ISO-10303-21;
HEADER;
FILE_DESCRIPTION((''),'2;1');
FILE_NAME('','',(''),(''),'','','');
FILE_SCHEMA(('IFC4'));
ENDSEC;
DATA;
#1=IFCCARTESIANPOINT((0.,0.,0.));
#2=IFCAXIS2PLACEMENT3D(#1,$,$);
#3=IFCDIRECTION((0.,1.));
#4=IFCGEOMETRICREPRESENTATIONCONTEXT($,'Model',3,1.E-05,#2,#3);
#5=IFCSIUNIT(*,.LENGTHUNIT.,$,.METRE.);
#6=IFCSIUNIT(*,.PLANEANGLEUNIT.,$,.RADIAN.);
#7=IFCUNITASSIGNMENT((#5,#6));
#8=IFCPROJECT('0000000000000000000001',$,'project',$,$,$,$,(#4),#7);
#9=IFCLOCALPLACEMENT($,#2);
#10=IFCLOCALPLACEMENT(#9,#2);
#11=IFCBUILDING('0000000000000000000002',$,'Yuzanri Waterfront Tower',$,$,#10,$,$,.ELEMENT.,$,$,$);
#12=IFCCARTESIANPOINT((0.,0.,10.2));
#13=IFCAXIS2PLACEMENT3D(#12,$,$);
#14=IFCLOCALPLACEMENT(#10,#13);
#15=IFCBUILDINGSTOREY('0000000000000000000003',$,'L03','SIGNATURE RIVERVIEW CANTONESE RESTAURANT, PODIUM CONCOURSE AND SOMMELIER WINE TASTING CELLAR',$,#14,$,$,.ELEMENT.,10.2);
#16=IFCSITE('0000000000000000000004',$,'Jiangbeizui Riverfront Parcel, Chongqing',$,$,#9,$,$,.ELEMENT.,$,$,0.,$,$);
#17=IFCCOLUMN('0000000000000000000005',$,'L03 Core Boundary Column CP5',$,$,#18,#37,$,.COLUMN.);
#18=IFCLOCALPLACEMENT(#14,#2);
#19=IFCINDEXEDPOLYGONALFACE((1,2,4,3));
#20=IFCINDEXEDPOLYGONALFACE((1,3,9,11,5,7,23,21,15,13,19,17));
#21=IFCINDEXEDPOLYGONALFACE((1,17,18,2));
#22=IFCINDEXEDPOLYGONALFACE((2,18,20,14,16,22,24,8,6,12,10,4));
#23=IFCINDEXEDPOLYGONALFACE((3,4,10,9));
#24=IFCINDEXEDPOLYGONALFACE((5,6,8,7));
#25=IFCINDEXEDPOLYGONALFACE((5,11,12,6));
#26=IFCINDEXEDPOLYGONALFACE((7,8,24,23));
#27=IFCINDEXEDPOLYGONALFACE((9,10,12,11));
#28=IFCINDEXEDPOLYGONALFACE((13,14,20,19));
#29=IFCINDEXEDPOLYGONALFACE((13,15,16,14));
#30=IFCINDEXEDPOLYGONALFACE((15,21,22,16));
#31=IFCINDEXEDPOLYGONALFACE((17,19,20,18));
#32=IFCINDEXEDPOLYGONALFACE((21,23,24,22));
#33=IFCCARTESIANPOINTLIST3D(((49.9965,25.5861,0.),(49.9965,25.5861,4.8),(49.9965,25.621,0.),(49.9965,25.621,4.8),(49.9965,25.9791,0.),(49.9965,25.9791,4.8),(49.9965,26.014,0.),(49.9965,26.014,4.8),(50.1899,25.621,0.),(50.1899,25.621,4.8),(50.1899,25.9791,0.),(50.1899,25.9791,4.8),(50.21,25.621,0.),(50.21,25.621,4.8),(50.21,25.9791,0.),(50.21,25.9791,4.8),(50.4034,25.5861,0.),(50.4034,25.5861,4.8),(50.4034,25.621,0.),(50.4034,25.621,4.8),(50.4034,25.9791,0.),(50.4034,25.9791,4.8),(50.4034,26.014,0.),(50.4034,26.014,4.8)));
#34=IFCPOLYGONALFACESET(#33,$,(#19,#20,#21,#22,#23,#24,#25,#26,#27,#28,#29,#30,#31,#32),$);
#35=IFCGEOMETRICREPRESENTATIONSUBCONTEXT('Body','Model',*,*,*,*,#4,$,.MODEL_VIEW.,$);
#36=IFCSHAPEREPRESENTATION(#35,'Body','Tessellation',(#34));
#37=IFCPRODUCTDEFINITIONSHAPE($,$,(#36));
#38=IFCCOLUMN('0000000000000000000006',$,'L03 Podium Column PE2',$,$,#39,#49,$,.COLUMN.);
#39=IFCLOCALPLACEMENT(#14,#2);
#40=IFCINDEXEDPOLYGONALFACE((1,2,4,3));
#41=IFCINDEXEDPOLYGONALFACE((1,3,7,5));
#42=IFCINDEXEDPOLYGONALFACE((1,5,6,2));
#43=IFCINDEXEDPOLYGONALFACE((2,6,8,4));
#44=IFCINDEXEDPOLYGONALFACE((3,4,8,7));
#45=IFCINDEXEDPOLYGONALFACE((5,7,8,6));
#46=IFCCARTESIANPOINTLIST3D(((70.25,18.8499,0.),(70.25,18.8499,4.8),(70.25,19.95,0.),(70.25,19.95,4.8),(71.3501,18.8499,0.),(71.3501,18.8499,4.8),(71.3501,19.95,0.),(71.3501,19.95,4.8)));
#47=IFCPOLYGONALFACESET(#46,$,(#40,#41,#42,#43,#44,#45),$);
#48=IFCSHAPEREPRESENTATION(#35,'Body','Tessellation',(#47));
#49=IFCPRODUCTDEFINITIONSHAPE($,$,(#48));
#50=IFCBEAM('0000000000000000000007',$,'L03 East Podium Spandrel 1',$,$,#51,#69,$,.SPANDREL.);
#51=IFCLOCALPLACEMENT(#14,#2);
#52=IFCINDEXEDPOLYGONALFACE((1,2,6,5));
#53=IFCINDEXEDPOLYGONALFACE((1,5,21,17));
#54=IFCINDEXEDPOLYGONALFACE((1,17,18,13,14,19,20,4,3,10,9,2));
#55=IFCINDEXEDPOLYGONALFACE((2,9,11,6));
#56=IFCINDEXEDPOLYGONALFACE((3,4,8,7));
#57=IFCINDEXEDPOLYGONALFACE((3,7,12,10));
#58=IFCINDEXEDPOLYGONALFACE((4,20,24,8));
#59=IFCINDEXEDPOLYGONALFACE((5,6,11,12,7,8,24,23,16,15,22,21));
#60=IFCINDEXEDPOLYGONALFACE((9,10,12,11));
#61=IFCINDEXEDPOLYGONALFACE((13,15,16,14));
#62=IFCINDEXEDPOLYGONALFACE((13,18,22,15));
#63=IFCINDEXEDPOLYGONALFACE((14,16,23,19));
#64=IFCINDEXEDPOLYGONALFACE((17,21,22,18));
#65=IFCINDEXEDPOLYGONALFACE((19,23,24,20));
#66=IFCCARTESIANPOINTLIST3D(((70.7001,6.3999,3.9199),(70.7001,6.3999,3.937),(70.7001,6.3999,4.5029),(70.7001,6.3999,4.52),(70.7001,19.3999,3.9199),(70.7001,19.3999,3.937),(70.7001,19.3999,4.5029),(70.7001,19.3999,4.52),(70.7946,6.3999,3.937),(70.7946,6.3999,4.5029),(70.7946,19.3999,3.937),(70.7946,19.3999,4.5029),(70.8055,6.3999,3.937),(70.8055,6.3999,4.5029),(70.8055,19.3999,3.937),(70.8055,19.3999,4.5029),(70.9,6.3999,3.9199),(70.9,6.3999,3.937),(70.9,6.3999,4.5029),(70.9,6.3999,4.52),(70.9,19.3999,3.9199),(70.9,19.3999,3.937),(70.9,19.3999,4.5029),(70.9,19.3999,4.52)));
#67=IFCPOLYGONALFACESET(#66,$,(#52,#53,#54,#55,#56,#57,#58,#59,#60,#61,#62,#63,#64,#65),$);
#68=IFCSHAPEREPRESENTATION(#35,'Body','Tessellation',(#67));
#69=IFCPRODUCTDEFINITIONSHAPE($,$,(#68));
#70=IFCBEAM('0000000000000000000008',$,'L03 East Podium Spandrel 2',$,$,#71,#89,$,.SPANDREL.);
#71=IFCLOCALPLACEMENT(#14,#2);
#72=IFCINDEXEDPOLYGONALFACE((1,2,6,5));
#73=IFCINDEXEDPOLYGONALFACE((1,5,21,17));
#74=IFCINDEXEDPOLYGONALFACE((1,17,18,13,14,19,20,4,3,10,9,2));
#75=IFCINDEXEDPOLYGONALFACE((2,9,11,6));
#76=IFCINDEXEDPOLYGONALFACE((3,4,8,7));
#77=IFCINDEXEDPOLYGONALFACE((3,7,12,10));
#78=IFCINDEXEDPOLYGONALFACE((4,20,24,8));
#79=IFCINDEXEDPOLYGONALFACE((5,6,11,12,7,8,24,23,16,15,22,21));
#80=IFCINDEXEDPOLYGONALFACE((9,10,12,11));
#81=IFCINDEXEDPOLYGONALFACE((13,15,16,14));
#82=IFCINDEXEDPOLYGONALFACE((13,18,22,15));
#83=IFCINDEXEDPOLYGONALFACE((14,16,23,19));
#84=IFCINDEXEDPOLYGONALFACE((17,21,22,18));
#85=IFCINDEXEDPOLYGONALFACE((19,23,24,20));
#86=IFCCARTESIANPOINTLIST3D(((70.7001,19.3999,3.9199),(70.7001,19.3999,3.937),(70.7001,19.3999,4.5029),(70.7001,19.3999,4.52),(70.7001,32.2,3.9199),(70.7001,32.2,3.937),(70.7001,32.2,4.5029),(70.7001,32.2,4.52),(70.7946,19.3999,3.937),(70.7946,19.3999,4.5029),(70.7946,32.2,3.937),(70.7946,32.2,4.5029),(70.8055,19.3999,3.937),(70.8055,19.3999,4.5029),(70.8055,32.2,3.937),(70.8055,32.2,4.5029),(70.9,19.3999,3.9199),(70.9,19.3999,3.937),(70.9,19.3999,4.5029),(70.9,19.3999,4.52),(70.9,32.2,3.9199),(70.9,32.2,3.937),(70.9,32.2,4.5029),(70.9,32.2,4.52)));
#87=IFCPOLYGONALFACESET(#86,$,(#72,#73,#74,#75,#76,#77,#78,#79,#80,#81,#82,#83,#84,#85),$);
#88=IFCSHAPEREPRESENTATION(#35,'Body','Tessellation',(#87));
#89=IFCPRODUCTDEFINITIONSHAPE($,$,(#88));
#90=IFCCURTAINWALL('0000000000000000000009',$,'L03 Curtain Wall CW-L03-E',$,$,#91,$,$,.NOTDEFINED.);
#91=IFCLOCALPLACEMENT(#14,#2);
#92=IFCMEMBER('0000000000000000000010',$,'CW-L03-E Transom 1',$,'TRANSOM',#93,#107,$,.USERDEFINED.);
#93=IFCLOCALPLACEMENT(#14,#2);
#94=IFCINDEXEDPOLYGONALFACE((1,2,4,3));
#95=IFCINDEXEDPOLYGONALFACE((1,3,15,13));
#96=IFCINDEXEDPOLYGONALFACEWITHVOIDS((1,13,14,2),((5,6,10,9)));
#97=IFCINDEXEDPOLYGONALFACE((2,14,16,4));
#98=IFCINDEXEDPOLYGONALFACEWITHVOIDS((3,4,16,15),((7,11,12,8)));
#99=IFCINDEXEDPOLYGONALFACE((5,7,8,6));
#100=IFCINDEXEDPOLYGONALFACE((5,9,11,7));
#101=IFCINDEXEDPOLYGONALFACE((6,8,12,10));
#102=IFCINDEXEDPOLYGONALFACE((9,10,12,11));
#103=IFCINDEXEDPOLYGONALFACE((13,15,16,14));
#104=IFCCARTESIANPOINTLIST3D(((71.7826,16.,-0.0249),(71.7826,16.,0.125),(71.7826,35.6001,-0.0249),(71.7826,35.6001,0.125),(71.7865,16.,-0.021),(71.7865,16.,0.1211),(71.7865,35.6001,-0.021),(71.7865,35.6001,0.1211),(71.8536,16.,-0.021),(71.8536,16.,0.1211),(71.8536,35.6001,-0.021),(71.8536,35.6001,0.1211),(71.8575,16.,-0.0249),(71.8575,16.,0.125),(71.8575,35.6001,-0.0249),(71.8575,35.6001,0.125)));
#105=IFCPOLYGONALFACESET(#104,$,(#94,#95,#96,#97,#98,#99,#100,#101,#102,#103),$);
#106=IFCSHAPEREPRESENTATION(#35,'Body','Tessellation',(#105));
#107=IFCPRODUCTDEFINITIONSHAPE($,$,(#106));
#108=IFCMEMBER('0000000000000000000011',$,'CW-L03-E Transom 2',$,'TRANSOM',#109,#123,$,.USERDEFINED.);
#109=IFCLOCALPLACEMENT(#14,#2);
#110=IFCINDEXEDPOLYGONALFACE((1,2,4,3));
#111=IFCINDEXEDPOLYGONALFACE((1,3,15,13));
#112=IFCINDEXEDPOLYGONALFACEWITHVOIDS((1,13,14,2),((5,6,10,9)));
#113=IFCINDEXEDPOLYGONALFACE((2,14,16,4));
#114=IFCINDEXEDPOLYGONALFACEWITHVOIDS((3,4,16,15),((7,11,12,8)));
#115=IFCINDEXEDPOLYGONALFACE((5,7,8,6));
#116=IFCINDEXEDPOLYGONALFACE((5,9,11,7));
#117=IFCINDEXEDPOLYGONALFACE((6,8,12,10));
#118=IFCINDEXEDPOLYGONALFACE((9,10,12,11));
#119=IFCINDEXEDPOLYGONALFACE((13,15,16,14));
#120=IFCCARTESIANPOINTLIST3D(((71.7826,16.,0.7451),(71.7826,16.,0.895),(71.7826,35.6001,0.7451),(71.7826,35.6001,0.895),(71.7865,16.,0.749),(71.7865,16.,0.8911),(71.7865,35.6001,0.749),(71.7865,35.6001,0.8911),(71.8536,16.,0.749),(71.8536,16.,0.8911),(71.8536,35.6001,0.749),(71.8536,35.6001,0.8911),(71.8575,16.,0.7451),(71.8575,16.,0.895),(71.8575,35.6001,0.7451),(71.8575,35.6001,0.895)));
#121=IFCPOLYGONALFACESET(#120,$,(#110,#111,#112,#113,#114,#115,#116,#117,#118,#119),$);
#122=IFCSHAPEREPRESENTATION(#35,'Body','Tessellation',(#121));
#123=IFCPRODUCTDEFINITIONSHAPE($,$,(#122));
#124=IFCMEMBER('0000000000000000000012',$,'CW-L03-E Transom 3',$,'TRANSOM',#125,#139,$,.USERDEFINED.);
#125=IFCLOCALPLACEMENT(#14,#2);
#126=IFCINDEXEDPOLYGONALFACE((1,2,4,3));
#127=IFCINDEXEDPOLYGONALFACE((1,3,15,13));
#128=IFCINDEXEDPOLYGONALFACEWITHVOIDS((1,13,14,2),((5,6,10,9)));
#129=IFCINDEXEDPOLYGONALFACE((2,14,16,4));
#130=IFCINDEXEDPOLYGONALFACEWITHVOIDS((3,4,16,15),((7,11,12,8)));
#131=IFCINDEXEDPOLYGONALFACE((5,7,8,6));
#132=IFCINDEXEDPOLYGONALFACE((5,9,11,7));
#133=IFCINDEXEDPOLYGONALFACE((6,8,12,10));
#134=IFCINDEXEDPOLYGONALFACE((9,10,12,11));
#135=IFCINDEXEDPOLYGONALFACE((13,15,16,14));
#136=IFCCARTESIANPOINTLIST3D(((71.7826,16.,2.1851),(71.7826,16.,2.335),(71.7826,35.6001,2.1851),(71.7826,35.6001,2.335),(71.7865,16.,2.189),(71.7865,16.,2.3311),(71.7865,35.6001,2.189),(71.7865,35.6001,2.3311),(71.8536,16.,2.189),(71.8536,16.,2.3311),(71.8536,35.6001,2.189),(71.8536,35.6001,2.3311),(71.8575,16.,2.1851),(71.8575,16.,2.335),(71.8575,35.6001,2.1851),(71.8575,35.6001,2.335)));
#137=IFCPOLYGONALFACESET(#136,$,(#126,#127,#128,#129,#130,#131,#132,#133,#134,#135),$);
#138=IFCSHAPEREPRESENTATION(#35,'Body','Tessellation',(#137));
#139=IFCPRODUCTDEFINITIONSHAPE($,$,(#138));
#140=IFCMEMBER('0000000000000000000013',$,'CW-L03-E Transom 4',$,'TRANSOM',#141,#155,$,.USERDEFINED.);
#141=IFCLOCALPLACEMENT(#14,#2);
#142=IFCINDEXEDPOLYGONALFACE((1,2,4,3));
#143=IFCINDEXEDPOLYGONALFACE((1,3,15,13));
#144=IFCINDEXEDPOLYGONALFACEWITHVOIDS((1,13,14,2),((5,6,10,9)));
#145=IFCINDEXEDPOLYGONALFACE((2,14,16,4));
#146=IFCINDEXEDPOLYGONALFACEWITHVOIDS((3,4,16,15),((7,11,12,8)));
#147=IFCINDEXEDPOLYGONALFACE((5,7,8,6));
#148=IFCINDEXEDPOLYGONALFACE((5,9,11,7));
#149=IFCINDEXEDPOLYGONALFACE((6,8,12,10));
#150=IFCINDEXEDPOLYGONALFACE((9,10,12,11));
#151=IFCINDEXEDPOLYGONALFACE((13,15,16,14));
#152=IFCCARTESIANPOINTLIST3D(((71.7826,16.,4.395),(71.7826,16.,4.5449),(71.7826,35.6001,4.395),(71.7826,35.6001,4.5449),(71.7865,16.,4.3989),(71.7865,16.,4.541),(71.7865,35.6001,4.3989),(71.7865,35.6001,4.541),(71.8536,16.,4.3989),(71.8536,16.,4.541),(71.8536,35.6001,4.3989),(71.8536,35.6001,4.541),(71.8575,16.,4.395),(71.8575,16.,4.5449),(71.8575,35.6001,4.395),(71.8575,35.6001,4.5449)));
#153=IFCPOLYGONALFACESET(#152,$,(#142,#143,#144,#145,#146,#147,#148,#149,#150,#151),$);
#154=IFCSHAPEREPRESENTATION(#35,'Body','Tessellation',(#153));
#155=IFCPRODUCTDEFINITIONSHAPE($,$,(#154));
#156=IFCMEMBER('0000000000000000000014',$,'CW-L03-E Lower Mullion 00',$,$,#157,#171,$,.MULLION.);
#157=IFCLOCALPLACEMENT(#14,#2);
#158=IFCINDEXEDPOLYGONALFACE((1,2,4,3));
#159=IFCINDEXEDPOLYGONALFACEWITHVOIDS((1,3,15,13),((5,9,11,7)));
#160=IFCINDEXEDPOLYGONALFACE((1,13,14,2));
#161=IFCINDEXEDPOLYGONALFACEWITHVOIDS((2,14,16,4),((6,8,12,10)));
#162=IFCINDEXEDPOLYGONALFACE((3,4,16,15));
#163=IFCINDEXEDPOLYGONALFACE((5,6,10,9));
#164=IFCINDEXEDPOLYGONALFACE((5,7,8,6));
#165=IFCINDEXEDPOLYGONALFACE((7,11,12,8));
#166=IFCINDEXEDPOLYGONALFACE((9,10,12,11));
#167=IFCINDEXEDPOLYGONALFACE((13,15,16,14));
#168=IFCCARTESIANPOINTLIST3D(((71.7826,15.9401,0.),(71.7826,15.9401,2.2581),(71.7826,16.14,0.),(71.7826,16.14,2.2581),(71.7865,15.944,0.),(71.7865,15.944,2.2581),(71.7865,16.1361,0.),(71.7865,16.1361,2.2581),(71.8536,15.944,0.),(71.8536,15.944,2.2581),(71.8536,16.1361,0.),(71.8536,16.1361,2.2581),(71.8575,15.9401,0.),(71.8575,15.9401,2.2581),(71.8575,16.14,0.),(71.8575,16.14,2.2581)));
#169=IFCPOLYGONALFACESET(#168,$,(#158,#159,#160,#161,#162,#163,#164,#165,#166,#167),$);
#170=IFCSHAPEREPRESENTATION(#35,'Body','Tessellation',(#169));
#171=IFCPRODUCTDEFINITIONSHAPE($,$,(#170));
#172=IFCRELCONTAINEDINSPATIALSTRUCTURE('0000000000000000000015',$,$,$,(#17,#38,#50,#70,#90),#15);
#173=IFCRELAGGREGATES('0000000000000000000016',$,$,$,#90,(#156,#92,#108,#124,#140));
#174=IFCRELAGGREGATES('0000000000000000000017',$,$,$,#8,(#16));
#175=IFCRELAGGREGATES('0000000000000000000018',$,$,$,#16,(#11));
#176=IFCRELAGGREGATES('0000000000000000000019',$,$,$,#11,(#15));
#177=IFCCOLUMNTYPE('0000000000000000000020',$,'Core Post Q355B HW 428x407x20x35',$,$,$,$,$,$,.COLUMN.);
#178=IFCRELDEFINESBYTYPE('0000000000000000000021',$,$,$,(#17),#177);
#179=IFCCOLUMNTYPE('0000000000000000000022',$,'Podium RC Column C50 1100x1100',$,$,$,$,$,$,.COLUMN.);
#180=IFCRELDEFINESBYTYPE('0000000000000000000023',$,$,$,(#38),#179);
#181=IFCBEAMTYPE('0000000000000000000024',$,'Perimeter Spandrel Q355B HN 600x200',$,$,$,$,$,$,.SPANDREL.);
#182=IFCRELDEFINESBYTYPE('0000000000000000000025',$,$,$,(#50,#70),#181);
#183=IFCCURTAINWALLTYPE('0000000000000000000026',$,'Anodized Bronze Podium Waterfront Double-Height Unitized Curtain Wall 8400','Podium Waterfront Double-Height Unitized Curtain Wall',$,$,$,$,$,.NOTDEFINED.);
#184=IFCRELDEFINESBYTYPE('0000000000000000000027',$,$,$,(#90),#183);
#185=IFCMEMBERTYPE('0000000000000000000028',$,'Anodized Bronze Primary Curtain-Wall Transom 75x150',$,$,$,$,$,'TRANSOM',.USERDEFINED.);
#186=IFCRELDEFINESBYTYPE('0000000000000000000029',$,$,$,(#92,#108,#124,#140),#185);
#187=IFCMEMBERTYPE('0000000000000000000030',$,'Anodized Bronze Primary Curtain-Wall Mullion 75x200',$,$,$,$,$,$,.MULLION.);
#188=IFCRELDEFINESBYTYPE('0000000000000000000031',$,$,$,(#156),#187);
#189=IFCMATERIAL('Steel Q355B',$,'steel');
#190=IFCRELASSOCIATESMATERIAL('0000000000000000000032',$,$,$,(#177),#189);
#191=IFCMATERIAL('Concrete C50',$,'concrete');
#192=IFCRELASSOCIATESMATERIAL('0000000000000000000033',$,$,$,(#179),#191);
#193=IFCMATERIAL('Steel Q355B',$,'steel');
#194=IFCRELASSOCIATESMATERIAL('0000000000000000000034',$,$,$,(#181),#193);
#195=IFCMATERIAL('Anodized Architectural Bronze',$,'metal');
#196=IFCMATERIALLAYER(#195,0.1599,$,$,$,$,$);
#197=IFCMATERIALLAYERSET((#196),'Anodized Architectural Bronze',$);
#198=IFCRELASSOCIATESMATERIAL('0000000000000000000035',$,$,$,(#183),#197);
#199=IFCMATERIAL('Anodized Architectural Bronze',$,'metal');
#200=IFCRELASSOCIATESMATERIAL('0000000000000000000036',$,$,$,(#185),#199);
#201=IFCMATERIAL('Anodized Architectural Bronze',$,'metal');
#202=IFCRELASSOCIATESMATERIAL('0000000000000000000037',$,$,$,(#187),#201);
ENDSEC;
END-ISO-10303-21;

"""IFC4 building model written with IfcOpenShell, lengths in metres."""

from ifc_helpers import new_model, si_unit, direction, frame, origin, origin_2d, place, context, subcontext, project, spatial, rectangle, hollow_rectangle, i_section, extrude, source, transform, mapped, material, layer, layer_set, material_profile, profile_set, type_object, element, aggregate, save


model = new_model("IFC4")

# Units and contexts
model_context = context("Model", 3, precision=1e-05, world=origin(), true_north=direction((0.0, 1.0)))
body_context = subcontext(model_context, "Body", "Model", "MODEL_VIEW")
ifc_project = project(units=[si_unit("LENGTHUNIT", "METRE"), si_unit("PLANEANGLEUNIT", "RADIAN")], contexts=[model_context])

# Site, building, storey
site_placement = place(None, origin())
site = spatial("IfcSite", under=ifc_project, at=site_placement, Name="Jiangbeizui Riverfront Parcel, Chongqing", CompositionType="ELEMENT", RefElevation=0.0)
building_placement = place(site_placement, origin())
building = spatial("IfcBuilding", under=site, at=building_placement, Name="Yuzanri Waterfront Tower", CompositionType="ELEMENT")
storey_placement = place(building_placement, frame((0.0, 0.0, 10.2)))
storey = spatial("IfcBuildingStorey", under=building, at=storey_placement, Name="L03", Description="SIGNATURE RIVERVIEW CANTONESE RESTAURANT, PODIUM CONCOURSE AND SOMMELIER WINE TASTING CELLAR", CompositionType="ELEMENT", Elevation=10.2)

# Columns
ifc_material_1 = material(Name="Steel Q355B", Category="steel")
ifc_material_profile_1 = material_profile(ifc_material_1, i_section(OverallWidth=0.407, OverallDepth=0.428, WebThickness=0.02, FlangeThickness=0.0349, at=origin_2d()), Name="HW 428x407x20x35")
ifc_profile_set_1 = profile_set([ifc_material_profile_1], Name="Steel Q355B")
column_type_1 = type_object("IfcColumnType", Name="Core Post Q355B HW 428x407x20x35", PredefinedType="COLUMN", material=ifc_profile_set_1)
shared_shape_1 = source(origin(), body_context, "Body", "SweptSolid", [
    extrude(i_section(OverallWidth=0.407, OverallDepth=0.428, WebThickness=0.02, FlangeThickness=0.0349, at=origin_2d()), origin(), (0.0, 0.0, 1.0), 4.8),
])
column_1_placement = place(storey_placement, frame((50.2, 25.8, 0.0), z_axis=(0.0, 0.0, 1.0), x_axis=(1.0, 0.0, 0.0)))
element("IfcColumn", 1, at=column_1_placement, inside=storey, type_object=column_type_1, Name="L03 Core Boundary Column CP5", PredefinedType="COLUMN", context=body_context, shape_type="MappedRepresentation", body=[
    mapped(shared_shape_1, transform((0.0, 0.0, 0.0), scale=1.0)),
])
ifc_material_2 = material(Name="Concrete C50", Category="concrete")
ifc_material_profile_2 = material_profile(ifc_material_2, rectangle(XDim=1.1001, YDim=1.1001, at=origin_2d()), Name="RC 1100x1100")
ifc_profile_set_2 = profile_set([ifc_material_profile_2], Name="Concrete C50")
column_type_2 = type_object("IfcColumnType", Name="Podium RC Column C50 1100x1100", PredefinedType="COLUMN", material=ifc_profile_set_2)
shared_shape_2 = source(origin(), body_context, "Body", "SweptSolid", [
    extrude(rectangle(XDim=1.1001, YDim=1.1001, at=origin_2d()), origin(), (0.0, 0.0, 1.0), 4.8),
])
column_2_placement = place(storey_placement, frame((70.8, 19.3999, 0.0), z_axis=(0.0, 0.0, 1.0), x_axis=(1.0, 0.0, 0.0)))
element("IfcColumn", 2, at=column_2_placement, inside=storey, type_object=column_type_2, Name="L03 Podium Column PE2", PredefinedType="COLUMN", context=body_context, shape_type="MappedRepresentation", body=[
    mapped(shared_shape_2, transform((0.0, 0.0, 0.0), scale=1.0)),
])

# Beams
ifc_material_3 = material(Name="Steel Q355B", Category="steel")
ifc_material_profile_3 = material_profile(ifc_material_3, i_section(OverallWidth=0.2, OverallDepth=0.6001, WebThickness=0.011, FlangeThickness=0.0171, at=origin_2d()), Name="HN 600x200x11x17")
ifc_profile_set_3 = profile_set([ifc_material_profile_3], Name="Steel Q355B")
beam_type_1 = type_object("IfcBeamType", Name="Perimeter Spandrel Q355B HN 600x200", PredefinedType="SPANDREL", material=ifc_profile_set_3)
shared_shape_3 = source(origin(), body_context, "Body", "SweptSolid", [
    extrude(i_section(OverallWidth=0.2, OverallDepth=0.6001, WebThickness=0.011, FlangeThickness=0.0171, at=origin_2d()), origin(), (0.0, 0.0, 1.0), 13.0),
])
beam_1_placement = place(storey_placement, frame((70.8, 6.3999, 4.22), z_axis=(0.0, 1.0, 0.0), x_axis=(-1.0, 0.0, 0.0)))
element("IfcBeam", 3, at=beam_1_placement, inside=storey, type_object=beam_type_1, Name="L03 East Podium Spandrel 1", PredefinedType="SPANDREL", context=body_context, shape_type="MappedRepresentation", body=[
    mapped(shared_shape_3, transform((0.0, 0.0, 0.0), scale=1.0)),
])
shared_shape_4 = source(origin(), body_context, "Body", "SweptSolid", [
    extrude(i_section(OverallWidth=0.2, OverallDepth=0.6001, WebThickness=0.011, FlangeThickness=0.0171, at=origin_2d()), origin(), (0.0, 0.0, 1.0), 12.8),
])
beam_2_placement = place(storey_placement, frame((70.8, 19.3999, 4.22), z_axis=(0.0, 1.0, 0.0), x_axis=(-1.0, 0.0, 0.0)))
element("IfcBeam", 4, at=beam_2_placement, inside=storey, type_object=beam_type_1, Name="L03 East Podium Spandrel 2", PredefinedType="SPANDREL", context=body_context, shape_type="MappedRepresentation", body=[
    mapped(shared_shape_4, transform((0.0, 0.0, 0.0), scale=1.0)),
])

# Curtain wall, members
ifc_material_4 = material(Name="Anodized Architectural Bronze", Category="metal")
ifc_layer_1 = layer(ifc_material_4, 0.1599)
ifc_layer_set_1 = layer_set([ifc_layer_1], Name="Anodized Architectural Bronze")
curtain_wall_type = type_object("IfcCurtainWallType", Name="Anodized Bronze Podium Waterfront Double-Height Unitized Curtain Wall 8400", Description="Podium Waterfront Double-Height Unitized Curtain Wall", PredefinedType="NOTDEFINED", material=ifc_layer_set_1)
curtain_wall_placement = place(storey_placement, origin())
curtain_wall = element("IfcCurtainWall", 5, at=curtain_wall_placement, inside=storey, type_object=curtain_wall_type, Name="L03 Curtain Wall CW-L03-E", PredefinedType="NOTDEFINED")
ifc_material_5 = material(Name="Anodized Architectural Bronze", Category="metal")
ifc_material_profile_4 = material_profile(ifc_material_5, hollow_rectangle(XDim=0.075, YDim=0.1499, WallThickness=0.0039, at=origin_2d()), Name="CWT 75x150")
ifc_profile_set_4 = profile_set([ifc_material_profile_4], Name="Anodized Architectural Bronze")
member_type_1 = type_object("IfcMemberType", Name="Anodized Bronze Primary Curtain-Wall Transom 75x150", ElementType="TRANSOM", PredefinedType="USERDEFINED", material=ifc_profile_set_4)
shared_shape_5 = source(origin(), body_context, "Body", "SweptSolid", [
    extrude(hollow_rectangle(XDim=0.075, YDim=0.1499, WallThickness=0.0039, at=origin_2d()), origin(), (0.0, 0.0, 1.0), 19.6001),
])
member_1_placement = place(storey_placement, frame((71.8201, 16.0, 0.05), z_axis=(0.0, 1.0, 0.0), x_axis=(-1.0, 0.0, 0.0)))
member_1 = element("IfcMember", 6, at=member_1_placement, type_object=member_type_1, Name="CW-L03-E Transom 1", ObjectType="TRANSOM", PredefinedType="USERDEFINED", context=body_context, shape_type="MappedRepresentation", body=[
    mapped(shared_shape_5, transform((0.0, 0.0, 0.0), scale=1.0)),
])
member_2_placement = place(storey_placement, frame((71.8201, 16.0, 0.8201), z_axis=(0.0, 1.0, 0.0), x_axis=(-1.0, 0.0, 0.0)))
member_2 = element("IfcMember", 7, at=member_2_placement, type_object=member_type_1, Name="CW-L03-E Transom 2", ObjectType="TRANSOM", PredefinedType="USERDEFINED", context=body_context, shape_type="MappedRepresentation", body=[
    mapped(shared_shape_5, transform((0.0, 0.0, 0.0), scale=1.0)),
])
member_3_placement = place(storey_placement, frame((71.8201, 16.0, 2.26), z_axis=(0.0, 1.0, 0.0), x_axis=(-1.0, 0.0, 0.0)))
member_3 = element("IfcMember", 8, at=member_3_placement, type_object=member_type_1, Name="CW-L03-E Transom 3", ObjectType="TRANSOM", PredefinedType="USERDEFINED", context=body_context, shape_type="MappedRepresentation", body=[
    mapped(shared_shape_5, transform((0.0, 0.0, 0.0), scale=1.0)),
])
member_4_placement = place(storey_placement, frame((71.8201, 16.0, 4.47), z_axis=(0.0, 1.0, 0.0), x_axis=(-1.0, 0.0, 0.0)))
member_4 = element("IfcMember", 9, at=member_4_placement, type_object=member_type_1, Name="CW-L03-E Transom 4", ObjectType="TRANSOM", PredefinedType="USERDEFINED", context=body_context, shape_type="MappedRepresentation", body=[
    mapped(shared_shape_5, transform((0.0, 0.0, 0.0), scale=1.0)),
])
ifc_material_6 = material(Name="Anodized Architectural Bronze", Category="metal")
ifc_material_profile_5 = material_profile(ifc_material_6, hollow_rectangle(XDim=0.075, YDim=0.2, WallThickness=0.0039, at=origin_2d()), Name="CWM 75x200")
ifc_profile_set_5 = profile_set([ifc_material_profile_5], Name="Anodized Architectural Bronze")
member_type_2 = type_object("IfcMemberType", Name="Anodized Bronze Primary Curtain-Wall Mullion 75x200", PredefinedType="MULLION", material=ifc_profile_set_5)
shared_shape_6 = source(origin(), body_context, "Body", "SweptSolid", [
    extrude(hollow_rectangle(XDim=0.075, YDim=0.2, WallThickness=0.0039, at=origin_2d()), origin(), (0.0, 0.0, 1.0), 2.2581),
])
member_5_placement = place(storey_placement, frame((71.8201, 16.04, 0.0), z_axis=(0.0, 0.0, 1.0), x_axis=(1.0, 0.0, 0.0)))
member_5 = element("IfcMember", 10, at=member_5_placement, type_object=member_type_2, Name="CW-L03-E Lower Mullion 00", PredefinedType="MULLION", context=body_context, shape_type="MappedRepresentation", body=[
    mapped(shared_shape_6, transform((0.0, 0.0, 0.0), scale=1.0)),
])

aggregate(curtain_wall, [member_5, member_1, member_2, member_3, member_4])

save(model, "model.ifc")
